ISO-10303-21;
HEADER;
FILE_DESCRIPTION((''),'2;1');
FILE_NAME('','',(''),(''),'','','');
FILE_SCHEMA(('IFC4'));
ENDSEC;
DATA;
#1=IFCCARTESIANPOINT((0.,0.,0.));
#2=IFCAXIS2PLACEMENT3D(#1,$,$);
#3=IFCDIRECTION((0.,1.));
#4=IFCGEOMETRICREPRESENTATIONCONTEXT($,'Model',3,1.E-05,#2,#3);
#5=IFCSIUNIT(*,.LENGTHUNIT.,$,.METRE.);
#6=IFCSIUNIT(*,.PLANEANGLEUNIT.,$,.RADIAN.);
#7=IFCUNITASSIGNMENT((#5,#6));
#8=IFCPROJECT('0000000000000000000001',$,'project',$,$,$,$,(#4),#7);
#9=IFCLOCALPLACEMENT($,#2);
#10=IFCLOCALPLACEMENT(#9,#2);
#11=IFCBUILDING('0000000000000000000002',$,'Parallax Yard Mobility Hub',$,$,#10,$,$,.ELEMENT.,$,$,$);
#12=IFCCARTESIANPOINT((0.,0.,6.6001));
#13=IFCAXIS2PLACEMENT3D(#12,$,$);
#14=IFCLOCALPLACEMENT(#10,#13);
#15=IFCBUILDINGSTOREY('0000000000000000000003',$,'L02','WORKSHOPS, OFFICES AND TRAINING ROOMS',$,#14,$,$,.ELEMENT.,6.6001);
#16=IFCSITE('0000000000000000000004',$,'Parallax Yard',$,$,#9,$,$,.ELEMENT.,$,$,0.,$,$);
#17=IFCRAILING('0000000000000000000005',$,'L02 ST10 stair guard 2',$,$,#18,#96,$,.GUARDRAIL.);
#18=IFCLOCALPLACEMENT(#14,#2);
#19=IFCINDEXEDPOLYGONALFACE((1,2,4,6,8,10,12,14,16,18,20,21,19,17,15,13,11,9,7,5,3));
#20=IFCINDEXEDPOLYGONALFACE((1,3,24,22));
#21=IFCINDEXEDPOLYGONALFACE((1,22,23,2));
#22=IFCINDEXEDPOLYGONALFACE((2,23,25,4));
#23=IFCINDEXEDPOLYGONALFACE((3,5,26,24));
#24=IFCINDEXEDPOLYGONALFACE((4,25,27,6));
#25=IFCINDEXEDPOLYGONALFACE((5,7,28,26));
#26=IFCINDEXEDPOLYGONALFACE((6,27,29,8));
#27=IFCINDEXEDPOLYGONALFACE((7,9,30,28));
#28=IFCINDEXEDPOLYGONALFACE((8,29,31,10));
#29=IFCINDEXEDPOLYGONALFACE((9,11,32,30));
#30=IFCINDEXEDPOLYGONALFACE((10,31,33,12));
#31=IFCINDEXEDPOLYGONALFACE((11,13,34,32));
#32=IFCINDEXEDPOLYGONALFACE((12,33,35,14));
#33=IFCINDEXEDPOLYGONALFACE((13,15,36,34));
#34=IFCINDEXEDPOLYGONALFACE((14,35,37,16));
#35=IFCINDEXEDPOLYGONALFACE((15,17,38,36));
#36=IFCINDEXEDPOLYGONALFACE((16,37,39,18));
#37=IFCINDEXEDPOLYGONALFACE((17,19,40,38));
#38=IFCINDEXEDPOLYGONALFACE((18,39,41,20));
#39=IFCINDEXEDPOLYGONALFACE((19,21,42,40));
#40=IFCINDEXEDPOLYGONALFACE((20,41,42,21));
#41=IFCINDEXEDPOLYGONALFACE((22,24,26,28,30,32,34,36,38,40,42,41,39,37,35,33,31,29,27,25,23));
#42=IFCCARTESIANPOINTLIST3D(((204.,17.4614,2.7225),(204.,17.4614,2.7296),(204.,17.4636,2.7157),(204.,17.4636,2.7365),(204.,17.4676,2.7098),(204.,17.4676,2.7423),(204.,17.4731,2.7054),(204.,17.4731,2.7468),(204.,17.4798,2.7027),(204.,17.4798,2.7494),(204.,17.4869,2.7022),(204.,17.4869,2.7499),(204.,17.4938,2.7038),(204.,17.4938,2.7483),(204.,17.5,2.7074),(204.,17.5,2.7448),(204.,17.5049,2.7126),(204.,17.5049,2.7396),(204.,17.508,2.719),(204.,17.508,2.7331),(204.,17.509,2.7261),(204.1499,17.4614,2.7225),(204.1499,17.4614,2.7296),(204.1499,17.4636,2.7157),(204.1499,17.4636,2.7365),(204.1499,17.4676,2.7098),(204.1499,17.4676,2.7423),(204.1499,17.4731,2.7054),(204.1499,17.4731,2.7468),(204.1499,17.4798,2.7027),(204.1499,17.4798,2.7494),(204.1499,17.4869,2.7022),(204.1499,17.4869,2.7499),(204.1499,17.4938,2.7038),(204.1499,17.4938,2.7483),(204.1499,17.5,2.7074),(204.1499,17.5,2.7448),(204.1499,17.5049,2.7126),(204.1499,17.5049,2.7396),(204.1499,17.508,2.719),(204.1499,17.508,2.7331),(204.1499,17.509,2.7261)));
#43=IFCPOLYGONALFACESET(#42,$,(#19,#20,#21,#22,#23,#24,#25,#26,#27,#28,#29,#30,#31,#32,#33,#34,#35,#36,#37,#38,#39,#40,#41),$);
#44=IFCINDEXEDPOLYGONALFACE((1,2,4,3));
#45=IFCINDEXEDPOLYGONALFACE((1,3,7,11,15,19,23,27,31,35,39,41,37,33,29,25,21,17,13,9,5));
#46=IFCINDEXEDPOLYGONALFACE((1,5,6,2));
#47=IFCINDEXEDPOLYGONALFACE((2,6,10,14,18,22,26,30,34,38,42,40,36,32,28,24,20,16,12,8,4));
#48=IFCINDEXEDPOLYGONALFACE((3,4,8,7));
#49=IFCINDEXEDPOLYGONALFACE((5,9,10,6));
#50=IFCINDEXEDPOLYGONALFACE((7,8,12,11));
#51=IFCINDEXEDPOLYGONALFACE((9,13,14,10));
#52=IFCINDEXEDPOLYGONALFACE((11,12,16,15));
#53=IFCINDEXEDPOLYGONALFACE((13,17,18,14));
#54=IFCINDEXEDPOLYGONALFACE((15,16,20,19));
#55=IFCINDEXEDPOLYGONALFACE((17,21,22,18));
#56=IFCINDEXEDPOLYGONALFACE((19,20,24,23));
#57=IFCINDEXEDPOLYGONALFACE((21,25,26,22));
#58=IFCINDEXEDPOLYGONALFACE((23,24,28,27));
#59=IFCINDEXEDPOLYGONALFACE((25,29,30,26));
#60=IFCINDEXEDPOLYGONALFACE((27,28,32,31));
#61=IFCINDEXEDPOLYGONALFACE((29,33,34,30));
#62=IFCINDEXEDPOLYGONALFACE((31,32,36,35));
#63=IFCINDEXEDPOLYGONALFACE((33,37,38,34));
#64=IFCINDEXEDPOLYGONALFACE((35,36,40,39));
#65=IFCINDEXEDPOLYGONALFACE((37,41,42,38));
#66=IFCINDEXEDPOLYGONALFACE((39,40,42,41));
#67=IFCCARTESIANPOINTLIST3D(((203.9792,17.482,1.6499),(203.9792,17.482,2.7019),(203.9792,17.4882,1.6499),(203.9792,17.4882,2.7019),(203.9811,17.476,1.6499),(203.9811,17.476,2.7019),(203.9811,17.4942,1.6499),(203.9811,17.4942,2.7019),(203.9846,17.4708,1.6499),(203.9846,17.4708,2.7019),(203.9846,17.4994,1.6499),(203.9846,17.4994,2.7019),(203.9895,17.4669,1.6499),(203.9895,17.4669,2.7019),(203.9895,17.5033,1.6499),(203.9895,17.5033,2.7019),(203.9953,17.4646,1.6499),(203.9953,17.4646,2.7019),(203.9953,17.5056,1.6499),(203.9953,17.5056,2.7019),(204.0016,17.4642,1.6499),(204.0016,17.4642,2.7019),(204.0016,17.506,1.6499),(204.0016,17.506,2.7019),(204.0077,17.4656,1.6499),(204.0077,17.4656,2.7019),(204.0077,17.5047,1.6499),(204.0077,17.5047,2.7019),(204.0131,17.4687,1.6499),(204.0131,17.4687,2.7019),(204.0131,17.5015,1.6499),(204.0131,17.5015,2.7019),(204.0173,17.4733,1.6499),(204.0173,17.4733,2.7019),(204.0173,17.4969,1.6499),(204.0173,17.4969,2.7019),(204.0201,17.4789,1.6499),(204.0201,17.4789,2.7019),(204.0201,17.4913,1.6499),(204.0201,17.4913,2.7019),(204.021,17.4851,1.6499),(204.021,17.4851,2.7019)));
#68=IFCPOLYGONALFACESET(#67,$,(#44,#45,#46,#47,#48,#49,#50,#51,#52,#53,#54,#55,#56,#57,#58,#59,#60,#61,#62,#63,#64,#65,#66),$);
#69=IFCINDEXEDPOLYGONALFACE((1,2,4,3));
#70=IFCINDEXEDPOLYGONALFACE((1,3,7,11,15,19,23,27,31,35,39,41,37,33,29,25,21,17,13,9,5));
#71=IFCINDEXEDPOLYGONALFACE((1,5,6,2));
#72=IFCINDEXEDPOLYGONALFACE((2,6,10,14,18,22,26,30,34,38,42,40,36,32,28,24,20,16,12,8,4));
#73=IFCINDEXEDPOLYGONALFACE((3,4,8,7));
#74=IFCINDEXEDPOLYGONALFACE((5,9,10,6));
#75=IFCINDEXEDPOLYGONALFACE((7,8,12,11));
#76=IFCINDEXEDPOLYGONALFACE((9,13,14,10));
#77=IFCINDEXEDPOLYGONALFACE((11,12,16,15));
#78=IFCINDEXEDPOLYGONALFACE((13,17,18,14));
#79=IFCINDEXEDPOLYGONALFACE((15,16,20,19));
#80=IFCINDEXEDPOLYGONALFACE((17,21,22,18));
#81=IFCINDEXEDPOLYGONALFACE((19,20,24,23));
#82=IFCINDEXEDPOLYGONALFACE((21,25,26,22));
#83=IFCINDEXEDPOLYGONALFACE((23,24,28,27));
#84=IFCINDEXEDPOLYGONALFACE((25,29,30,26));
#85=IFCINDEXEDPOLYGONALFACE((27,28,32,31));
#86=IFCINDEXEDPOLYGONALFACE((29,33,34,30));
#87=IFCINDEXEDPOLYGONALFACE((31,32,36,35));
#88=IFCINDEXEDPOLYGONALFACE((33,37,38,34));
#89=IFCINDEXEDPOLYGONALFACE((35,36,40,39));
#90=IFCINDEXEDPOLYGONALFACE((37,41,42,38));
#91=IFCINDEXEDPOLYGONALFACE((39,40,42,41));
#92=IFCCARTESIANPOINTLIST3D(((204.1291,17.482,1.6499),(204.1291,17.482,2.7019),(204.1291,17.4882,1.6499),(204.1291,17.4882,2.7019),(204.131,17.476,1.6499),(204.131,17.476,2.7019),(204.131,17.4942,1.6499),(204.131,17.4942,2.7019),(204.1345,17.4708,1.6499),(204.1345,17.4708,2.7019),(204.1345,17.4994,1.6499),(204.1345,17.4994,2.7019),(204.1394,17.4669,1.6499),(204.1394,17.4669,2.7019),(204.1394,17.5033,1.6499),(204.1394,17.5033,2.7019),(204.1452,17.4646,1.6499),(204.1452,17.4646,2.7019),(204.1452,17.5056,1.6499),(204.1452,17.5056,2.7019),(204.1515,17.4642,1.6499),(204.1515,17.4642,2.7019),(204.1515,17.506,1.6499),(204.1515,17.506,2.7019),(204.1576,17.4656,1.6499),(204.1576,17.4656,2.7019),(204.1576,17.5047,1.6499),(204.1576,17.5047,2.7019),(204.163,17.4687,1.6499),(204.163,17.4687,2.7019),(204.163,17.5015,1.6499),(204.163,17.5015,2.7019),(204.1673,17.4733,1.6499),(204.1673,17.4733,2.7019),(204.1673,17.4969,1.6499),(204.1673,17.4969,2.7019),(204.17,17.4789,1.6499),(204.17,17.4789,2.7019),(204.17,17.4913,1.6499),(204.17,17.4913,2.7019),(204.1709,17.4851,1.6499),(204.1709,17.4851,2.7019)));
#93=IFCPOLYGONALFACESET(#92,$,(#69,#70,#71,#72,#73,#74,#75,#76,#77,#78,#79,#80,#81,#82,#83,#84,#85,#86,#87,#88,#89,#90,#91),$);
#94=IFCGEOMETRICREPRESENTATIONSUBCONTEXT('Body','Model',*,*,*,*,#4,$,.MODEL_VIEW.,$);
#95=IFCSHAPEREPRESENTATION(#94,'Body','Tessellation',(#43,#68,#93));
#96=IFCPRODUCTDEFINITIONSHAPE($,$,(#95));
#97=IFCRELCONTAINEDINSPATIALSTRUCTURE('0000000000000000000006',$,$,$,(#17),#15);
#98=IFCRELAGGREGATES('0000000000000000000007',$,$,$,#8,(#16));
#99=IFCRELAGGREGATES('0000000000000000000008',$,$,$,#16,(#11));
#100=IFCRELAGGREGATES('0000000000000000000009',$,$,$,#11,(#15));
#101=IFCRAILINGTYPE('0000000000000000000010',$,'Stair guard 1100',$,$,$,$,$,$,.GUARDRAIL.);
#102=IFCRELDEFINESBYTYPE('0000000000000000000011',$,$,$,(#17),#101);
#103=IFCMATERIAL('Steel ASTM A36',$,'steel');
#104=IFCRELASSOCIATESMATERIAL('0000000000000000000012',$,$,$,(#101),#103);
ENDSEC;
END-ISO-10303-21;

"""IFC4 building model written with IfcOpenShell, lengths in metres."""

from ifc_helpers import new_model, si_unit, direction, frame, origin, origin_2d, place, context, subcontext, project, spatial, circle, extrude, material, type_object, element, save


model = new_model("IFC4")

# Units and contexts
model_context = context("Model", 3, precision=1e-05, world=origin(), true_north=direction((0.0, 1.0)))
body_context = subcontext(model_context, "Body", "Model", "MODEL_VIEW")
ifc_project = project(units=[si_unit("LENGTHUNIT", "METRE"), si_unit("PLANEANGLEUNIT", "RADIAN")], contexts=[model_context])

# Site, building, storey
site_placement = place(None, origin())
site = spatial("IfcSite", under=ifc_project, at=site_placement, Name="Parallax Yard", CompositionType="ELEMENT", RefElevation=0.0)
building_placement = place(site_placement, origin())
building = spatial("IfcBuilding", under=site, at=building_placement, Name="Parallax Yard Mobility Hub", CompositionType="ELEMENT")
storey_placement = place(building_placement, frame((0.0, 0.0, 6.6001)))
storey = spatial("IfcBuildingStorey", under=building, at=storey_placement, Name="L02", Description="WORKSHOPS, OFFICES AND TRAINING ROOMS", CompositionType="ELEMENT", Elevation=6.6001)

# Railing
ifc_material_1 = material(Name="Steel ASTM A36", Category="steel")
railing_type_1 = type_object("IfcRailingType", Name="Stair guard 1100", PredefinedType="GUARDRAIL", material=ifc_material_1)
railing_1_placement = place(storey_placement, frame((204.0, 17.4851, 1.6499)))
element("IfcRailing", 1, at=railing_1_placement, inside=storey, type_object=railing_type_1, Name="L02 ST10 stair guard 2", PredefinedType="GUARDRAIL", context=body_context, shape_type="SweptSolid", body=[
    extrude(circle(Radius=0.0239, at=origin_2d()), frame((0.0, 0.0, 1.0762), z_axis=(1.0, 0.0, 0.0), x_axis=(0.0, 1.0, 0.0)), (0.0, 0.0, 1.0), 0.1499),
    extrude(circle(Radius=0.021, at=origin_2d()), origin(), (0.0, 0.0, 1.0), 1.052),
    extrude(circle(Radius=0.021, at=origin_2d()), frame((0.1499, 0.0, 0.0)), (0.0, 0.0, 1.0), 1.052),
])

save(model, "model.ifc")
